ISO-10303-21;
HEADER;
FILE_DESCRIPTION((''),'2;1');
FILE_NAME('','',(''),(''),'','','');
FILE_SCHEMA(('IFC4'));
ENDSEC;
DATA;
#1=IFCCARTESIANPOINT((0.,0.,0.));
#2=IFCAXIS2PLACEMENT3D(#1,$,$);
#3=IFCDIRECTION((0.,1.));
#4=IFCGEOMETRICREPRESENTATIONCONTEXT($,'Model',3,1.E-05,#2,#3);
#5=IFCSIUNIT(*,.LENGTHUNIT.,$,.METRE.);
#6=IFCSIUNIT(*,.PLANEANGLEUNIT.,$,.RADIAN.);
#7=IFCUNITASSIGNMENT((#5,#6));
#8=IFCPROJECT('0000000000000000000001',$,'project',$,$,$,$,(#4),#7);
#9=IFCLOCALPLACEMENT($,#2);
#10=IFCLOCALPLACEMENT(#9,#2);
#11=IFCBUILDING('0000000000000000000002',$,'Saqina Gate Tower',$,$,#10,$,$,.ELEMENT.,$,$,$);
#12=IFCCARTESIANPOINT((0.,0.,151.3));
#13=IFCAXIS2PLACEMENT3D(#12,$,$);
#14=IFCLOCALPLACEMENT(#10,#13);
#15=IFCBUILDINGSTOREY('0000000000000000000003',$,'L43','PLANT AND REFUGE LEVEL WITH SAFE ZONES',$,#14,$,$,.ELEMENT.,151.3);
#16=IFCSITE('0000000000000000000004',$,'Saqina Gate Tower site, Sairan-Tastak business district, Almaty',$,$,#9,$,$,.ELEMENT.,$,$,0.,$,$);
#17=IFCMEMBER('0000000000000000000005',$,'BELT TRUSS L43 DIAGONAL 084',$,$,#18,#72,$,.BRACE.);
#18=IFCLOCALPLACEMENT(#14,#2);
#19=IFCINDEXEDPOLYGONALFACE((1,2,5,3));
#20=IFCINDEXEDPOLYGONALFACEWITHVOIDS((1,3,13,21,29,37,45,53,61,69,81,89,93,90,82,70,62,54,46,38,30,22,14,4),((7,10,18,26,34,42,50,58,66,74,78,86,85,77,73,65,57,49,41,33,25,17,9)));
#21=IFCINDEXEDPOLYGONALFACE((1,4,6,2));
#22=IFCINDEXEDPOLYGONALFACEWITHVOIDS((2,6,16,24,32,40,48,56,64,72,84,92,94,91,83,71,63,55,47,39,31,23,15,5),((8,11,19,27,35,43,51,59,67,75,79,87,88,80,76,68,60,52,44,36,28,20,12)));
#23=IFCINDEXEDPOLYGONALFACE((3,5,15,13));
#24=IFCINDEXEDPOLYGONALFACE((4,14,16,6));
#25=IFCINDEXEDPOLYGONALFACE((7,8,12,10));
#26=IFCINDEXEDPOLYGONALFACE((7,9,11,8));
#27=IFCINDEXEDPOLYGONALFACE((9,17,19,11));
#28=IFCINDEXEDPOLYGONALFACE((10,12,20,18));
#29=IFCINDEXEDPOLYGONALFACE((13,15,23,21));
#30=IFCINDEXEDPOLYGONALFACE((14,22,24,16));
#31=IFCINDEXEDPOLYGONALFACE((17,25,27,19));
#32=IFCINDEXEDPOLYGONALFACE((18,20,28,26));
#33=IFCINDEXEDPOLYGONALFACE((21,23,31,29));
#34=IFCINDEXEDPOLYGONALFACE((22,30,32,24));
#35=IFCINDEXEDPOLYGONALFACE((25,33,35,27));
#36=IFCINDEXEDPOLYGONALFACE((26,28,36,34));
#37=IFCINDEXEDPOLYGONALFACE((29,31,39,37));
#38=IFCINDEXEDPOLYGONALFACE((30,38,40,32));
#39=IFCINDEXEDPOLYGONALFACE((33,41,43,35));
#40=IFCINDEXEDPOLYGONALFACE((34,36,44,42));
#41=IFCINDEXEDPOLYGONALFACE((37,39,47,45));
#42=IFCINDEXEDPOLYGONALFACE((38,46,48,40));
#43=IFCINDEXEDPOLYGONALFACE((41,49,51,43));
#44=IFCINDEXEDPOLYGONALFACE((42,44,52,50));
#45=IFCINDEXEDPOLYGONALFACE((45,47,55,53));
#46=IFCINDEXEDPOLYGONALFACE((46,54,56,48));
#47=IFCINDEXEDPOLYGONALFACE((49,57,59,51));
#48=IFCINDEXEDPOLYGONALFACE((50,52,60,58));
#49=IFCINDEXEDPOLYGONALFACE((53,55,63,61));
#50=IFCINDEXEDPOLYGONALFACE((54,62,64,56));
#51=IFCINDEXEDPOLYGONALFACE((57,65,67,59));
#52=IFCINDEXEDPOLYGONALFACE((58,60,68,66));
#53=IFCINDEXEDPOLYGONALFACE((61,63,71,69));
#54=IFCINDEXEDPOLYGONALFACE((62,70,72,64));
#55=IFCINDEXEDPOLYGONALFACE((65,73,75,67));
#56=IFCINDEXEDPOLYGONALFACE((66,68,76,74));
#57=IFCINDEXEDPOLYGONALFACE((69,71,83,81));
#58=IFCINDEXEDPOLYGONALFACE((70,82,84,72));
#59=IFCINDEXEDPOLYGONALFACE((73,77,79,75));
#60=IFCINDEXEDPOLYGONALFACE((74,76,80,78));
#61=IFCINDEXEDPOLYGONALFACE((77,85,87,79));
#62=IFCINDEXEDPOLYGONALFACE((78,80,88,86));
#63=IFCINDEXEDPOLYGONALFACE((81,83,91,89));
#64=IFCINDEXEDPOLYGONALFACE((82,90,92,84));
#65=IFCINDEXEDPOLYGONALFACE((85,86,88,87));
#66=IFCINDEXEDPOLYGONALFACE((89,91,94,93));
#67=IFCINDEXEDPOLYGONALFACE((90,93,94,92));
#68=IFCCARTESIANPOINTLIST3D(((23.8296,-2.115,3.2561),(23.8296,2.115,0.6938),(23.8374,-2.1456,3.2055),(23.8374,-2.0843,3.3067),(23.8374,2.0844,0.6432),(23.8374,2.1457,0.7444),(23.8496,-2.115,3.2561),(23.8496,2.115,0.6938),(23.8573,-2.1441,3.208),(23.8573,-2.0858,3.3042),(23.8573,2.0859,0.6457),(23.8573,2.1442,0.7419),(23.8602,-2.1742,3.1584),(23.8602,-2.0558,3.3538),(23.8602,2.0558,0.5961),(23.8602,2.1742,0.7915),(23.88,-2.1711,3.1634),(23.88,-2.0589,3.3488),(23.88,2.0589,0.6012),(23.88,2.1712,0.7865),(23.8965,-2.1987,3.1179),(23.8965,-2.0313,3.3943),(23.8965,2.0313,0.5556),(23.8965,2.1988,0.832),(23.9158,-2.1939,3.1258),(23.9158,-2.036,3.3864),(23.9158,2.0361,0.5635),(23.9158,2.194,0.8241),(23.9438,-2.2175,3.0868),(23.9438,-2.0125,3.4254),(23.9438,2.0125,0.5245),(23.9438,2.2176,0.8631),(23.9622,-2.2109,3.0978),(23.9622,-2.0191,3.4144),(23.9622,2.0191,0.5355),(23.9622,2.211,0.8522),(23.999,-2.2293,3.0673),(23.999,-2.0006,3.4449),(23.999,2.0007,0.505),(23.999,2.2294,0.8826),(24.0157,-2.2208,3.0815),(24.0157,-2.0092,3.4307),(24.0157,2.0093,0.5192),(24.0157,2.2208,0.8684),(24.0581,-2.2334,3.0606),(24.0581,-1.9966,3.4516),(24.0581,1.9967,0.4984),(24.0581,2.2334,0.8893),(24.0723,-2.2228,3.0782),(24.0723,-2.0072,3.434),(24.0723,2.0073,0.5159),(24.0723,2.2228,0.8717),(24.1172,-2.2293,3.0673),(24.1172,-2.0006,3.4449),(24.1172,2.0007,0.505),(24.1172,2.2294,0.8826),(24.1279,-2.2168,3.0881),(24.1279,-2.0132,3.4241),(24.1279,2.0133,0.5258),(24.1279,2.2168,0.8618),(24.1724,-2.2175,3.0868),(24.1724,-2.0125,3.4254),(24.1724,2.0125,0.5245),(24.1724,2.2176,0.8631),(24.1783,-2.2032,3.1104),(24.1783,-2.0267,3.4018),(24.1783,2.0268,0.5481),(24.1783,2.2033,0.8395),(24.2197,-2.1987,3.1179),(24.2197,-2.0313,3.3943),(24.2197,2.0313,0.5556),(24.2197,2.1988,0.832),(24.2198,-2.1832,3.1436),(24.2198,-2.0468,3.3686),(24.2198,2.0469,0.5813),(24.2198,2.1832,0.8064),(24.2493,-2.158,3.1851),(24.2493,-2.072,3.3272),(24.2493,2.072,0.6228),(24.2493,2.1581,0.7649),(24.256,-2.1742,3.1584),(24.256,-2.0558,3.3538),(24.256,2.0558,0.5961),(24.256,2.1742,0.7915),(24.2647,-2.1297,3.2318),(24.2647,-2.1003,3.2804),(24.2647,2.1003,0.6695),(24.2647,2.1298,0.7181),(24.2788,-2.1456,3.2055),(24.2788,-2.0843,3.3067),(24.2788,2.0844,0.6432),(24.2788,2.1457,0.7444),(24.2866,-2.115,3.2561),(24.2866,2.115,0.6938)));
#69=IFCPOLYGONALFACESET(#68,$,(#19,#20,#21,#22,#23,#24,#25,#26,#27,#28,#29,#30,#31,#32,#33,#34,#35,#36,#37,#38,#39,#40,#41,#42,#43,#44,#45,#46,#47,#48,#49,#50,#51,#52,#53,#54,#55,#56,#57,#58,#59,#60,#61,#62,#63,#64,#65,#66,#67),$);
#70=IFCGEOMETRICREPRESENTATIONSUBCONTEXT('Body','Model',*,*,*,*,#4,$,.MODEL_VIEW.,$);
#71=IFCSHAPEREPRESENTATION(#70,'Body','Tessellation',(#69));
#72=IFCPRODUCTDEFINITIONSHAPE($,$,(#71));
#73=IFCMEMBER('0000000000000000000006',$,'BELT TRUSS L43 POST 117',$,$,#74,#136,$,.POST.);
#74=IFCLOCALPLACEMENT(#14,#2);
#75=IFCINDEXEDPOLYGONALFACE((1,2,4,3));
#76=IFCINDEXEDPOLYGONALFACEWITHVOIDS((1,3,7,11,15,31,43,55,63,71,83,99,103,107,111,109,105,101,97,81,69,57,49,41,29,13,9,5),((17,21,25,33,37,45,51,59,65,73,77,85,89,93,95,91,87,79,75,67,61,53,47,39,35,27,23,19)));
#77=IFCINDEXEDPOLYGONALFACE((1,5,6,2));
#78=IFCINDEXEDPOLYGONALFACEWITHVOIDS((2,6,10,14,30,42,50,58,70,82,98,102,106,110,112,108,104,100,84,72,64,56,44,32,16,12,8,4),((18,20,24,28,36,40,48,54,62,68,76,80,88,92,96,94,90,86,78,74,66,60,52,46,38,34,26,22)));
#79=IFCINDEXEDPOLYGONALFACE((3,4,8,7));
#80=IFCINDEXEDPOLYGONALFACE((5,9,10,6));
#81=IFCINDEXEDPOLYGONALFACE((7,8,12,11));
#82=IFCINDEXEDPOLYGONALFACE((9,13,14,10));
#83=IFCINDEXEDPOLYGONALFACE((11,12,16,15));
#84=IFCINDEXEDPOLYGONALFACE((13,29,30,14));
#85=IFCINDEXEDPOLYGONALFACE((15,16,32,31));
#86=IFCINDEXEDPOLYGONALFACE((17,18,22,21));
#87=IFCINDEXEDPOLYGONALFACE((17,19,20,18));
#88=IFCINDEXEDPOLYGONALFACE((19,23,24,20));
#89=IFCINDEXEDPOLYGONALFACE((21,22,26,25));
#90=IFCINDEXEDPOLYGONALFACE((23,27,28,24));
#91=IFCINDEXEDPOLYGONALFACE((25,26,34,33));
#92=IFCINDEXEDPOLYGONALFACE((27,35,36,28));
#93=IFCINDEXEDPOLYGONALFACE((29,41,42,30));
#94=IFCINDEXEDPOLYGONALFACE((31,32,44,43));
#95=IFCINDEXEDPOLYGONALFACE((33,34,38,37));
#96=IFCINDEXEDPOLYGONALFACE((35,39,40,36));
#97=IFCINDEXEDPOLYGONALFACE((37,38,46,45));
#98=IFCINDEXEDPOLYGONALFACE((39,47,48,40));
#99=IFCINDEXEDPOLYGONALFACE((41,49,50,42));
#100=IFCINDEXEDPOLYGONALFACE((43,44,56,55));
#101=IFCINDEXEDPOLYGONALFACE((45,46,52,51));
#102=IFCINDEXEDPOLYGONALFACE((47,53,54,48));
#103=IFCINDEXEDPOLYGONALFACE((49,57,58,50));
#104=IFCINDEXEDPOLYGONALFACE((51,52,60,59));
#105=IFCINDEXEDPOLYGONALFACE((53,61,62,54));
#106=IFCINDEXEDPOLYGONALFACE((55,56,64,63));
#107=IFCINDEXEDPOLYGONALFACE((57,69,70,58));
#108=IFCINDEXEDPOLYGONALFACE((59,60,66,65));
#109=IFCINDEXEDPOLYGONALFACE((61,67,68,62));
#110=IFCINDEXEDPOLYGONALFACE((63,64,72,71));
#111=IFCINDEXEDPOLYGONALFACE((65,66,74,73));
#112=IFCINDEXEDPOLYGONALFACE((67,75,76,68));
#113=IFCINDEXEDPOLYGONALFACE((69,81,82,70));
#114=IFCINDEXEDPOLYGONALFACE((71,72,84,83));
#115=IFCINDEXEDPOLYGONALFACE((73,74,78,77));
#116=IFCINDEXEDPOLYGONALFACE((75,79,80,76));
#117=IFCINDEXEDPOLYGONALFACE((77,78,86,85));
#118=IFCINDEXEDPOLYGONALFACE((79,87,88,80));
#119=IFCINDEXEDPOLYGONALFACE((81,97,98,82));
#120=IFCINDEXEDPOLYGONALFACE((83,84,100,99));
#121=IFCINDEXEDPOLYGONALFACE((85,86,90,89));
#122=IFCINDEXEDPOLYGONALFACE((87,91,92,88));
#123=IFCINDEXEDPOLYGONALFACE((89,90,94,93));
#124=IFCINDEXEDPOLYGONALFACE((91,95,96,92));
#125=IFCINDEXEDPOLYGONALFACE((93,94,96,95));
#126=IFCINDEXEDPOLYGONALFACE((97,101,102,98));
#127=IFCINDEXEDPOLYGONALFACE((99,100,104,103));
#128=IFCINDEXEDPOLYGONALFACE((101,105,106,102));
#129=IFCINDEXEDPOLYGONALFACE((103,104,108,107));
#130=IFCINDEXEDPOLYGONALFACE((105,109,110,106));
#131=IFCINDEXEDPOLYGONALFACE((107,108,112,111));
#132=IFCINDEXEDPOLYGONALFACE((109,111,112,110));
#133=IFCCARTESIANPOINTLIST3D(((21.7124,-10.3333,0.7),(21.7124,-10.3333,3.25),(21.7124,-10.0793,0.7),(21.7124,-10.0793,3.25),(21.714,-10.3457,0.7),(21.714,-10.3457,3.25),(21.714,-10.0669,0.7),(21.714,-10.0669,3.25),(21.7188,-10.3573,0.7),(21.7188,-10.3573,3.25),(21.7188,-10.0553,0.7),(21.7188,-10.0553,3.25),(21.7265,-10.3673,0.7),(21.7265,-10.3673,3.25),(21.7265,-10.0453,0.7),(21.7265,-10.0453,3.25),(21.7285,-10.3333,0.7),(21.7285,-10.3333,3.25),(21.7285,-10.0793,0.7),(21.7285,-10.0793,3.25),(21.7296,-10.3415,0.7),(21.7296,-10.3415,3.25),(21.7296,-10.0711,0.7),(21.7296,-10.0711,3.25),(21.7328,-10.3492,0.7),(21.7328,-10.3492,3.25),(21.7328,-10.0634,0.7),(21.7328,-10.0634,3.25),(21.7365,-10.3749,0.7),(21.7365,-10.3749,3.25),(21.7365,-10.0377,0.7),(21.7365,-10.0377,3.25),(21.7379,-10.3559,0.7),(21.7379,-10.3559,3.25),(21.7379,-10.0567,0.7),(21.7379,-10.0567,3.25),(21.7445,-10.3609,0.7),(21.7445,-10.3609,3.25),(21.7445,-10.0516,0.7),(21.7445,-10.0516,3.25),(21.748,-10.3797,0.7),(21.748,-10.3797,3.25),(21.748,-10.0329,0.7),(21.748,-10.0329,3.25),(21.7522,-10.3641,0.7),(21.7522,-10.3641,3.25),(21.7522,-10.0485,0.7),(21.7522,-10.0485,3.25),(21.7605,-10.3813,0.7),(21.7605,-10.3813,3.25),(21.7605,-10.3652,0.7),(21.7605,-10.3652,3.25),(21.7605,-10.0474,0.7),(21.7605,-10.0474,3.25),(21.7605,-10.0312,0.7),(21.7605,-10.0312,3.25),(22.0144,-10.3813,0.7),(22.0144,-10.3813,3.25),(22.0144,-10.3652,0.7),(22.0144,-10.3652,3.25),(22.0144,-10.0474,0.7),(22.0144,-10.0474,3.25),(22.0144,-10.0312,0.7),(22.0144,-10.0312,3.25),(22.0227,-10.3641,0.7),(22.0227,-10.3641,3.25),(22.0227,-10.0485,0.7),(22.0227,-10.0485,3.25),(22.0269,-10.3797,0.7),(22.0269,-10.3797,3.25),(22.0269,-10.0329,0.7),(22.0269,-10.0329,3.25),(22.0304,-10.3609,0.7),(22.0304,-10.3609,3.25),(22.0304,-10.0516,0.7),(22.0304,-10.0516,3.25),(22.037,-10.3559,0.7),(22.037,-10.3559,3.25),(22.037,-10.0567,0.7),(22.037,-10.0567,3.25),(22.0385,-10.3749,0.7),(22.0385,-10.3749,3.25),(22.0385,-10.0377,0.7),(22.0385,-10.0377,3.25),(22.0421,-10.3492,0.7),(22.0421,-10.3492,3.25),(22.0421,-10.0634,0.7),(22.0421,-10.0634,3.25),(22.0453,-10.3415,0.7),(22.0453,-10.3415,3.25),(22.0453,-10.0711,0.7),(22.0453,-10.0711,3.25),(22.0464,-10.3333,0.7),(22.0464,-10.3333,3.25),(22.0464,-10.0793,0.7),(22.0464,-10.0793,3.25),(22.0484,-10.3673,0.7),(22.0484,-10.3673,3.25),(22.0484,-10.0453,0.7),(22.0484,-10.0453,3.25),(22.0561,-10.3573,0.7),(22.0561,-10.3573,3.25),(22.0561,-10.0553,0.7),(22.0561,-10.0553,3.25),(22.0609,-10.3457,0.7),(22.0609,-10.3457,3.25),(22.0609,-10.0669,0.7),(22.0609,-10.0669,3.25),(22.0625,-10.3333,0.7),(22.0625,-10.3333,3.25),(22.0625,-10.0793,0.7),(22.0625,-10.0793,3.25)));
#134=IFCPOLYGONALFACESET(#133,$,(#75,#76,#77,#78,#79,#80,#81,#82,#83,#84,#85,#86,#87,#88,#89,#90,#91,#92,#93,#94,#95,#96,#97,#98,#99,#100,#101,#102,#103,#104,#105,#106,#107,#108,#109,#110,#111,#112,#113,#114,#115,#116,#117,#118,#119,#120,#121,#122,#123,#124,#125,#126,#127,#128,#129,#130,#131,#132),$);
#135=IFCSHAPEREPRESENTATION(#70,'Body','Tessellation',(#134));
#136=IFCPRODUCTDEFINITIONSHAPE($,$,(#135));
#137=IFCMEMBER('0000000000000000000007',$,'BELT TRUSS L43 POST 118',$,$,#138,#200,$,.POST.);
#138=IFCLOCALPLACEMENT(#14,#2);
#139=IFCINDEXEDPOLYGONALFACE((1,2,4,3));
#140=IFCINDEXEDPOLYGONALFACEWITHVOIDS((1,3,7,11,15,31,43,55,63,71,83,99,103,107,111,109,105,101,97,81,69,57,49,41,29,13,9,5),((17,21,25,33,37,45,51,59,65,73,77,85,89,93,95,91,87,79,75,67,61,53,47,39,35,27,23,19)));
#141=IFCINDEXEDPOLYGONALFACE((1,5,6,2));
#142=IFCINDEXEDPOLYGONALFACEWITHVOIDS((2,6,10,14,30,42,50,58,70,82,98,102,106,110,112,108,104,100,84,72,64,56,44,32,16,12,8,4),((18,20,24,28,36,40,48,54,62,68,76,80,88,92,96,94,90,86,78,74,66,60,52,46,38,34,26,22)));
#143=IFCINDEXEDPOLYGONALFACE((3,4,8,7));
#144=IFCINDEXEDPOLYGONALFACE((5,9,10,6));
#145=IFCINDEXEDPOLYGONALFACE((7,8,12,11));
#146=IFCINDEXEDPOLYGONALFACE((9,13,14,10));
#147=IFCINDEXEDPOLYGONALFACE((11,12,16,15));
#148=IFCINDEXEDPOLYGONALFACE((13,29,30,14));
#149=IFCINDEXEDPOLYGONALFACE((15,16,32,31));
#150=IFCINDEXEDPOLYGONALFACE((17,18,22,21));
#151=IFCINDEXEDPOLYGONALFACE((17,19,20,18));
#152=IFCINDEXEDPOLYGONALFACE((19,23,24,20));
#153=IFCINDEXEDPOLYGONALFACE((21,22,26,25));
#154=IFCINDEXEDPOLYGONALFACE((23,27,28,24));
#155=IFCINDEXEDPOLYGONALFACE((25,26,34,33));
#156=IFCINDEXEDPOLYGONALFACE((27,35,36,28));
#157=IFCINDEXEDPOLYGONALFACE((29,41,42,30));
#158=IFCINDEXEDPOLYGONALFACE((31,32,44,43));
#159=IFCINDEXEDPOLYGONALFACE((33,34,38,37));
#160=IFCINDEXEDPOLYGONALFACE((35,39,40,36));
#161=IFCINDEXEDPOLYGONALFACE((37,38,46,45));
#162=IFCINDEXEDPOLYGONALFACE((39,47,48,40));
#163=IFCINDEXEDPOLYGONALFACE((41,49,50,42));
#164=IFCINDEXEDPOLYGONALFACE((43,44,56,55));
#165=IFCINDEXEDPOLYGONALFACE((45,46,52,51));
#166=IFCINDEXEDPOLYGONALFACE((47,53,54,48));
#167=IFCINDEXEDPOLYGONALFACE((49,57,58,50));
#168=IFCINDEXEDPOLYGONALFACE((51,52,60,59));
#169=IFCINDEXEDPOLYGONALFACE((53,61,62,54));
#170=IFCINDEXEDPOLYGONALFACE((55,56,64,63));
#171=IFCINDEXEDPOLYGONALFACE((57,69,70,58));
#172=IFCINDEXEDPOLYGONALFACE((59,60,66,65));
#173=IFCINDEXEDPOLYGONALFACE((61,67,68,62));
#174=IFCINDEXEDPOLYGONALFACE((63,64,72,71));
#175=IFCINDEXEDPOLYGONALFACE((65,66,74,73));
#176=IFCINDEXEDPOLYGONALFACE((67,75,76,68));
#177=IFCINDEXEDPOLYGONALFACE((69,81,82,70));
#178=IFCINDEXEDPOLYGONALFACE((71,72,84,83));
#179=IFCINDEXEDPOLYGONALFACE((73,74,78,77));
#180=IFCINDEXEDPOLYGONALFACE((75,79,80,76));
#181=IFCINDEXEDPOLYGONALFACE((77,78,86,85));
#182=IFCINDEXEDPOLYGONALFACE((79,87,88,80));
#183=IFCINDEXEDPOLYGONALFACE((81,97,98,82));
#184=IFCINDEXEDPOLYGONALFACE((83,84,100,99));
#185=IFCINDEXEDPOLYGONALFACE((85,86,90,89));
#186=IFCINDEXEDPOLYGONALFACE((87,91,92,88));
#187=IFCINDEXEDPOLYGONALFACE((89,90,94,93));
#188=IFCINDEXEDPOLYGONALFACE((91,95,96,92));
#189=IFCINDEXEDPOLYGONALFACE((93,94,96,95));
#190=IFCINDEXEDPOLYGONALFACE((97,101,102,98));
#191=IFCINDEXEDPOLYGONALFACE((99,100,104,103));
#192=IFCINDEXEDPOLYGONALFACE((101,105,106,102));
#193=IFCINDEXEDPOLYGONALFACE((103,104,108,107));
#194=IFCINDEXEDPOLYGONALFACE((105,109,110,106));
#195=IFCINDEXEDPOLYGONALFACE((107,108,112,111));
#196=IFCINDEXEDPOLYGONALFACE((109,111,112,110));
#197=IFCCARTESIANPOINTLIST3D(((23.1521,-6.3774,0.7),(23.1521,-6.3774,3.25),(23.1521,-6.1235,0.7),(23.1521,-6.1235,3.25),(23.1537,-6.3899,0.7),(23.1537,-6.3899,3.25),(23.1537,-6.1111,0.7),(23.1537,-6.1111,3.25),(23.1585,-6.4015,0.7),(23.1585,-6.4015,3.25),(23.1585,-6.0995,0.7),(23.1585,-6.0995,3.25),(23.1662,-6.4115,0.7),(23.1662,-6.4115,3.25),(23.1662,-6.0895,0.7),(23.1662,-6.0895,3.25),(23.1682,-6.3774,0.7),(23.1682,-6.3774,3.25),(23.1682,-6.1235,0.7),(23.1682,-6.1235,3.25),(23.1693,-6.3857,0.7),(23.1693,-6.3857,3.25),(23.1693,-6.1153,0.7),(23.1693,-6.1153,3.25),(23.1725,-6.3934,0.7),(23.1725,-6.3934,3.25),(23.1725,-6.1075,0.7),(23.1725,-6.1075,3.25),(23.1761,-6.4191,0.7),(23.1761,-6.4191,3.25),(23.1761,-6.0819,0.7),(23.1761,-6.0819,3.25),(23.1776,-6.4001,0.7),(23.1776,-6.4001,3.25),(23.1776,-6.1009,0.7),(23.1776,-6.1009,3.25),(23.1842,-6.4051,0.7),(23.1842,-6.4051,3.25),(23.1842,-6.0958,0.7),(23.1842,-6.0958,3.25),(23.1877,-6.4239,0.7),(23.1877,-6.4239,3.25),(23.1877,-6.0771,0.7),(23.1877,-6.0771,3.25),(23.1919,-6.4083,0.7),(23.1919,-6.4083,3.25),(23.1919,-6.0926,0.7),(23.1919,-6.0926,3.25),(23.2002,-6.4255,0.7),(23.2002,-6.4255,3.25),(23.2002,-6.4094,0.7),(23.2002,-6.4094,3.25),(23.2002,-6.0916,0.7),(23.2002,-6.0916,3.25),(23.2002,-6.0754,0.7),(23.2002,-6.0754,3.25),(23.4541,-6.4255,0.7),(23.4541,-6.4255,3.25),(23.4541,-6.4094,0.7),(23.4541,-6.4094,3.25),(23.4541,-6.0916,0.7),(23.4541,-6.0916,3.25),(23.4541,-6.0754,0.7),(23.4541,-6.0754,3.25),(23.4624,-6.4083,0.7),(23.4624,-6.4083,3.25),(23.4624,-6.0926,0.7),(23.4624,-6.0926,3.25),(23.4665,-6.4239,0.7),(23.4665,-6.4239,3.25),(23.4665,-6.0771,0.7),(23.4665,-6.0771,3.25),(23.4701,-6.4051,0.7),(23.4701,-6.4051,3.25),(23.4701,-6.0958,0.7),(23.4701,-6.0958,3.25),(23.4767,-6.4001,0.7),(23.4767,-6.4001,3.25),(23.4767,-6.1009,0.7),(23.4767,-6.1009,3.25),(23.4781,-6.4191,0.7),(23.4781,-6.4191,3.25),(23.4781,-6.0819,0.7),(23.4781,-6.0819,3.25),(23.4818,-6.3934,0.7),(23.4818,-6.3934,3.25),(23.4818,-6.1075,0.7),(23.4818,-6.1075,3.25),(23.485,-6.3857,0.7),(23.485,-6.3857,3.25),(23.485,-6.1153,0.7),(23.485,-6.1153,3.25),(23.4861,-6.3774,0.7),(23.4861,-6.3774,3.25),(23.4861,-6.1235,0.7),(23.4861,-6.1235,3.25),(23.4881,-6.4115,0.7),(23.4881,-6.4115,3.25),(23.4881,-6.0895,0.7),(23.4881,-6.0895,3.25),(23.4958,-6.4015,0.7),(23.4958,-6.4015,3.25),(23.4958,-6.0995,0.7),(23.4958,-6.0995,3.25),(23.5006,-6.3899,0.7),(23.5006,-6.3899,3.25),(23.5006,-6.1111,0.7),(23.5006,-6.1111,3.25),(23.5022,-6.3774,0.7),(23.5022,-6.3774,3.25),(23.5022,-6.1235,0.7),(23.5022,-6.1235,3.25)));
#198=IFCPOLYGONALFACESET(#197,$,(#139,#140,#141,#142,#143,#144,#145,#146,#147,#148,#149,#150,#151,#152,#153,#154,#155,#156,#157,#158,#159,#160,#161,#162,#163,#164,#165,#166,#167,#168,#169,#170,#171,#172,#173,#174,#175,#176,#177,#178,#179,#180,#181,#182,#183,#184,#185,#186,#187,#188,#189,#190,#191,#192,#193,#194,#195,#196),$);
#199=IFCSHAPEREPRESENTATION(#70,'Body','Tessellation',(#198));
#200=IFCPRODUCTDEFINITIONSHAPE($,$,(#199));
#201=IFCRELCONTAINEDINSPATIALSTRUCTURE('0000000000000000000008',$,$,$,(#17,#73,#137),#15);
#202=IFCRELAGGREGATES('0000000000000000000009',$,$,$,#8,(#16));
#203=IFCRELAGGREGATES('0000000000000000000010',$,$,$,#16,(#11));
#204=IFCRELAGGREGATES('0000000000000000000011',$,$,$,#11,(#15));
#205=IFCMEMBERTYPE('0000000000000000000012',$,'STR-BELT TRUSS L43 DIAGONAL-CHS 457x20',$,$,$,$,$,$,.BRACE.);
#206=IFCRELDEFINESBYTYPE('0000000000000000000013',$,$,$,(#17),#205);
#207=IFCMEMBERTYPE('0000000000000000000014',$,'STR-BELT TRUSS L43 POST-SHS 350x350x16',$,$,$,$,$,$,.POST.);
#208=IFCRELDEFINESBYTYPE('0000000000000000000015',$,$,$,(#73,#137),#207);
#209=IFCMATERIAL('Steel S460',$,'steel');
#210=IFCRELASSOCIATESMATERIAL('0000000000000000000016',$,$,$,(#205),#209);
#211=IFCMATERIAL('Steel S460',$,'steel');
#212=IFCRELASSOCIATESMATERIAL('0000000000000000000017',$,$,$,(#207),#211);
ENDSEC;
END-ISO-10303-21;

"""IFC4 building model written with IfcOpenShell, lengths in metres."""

from ifc_helpers import new_model, si_unit, direction, frame, origin, origin_2d, place, context, subcontext, project, spatial, hollow_rectangle, hollow_circle, extrude, material, material_profile, profile_set, type_object, element, save


model = new_model("IFC4")

# Units and contexts
model_context = context("Model", 3, precision=1e-05, world=origin(), true_north=direction((0.0, 1.0)))
body_context = subcontext(model_context, "Body", "Model", "MODEL_VIEW")
ifc_project = project(units=[si_unit("LENGTHUNIT", "METRE"), si_unit("PLANEANGLEUNIT", "RADIAN")], contexts=[model_context])

# Site, building, storey
site_placement = place(None, origin())
site = spatial("IfcSite", under=ifc_project, at=site_placement, Name="Saqina Gate Tower site, Sairan-Tastak business district, Almaty", CompositionType="ELEMENT", RefElevation=0.0)
building_placement = place(site_placement, origin())
building = spatial("IfcBuilding", under=site, at=building_placement, Name="Saqina Gate Tower", CompositionType="ELEMENT")
storey_placement = place(building_placement, frame((0.0, 0.0, 151.3)))
storey = spatial("IfcBuildingStorey", under=building, at=storey_placement, Name="L43", Description="PLANT AND REFUGE LEVEL WITH SAFE ZONES", CompositionType="ELEMENT", Elevation=151.3)

# Members
ifc_material_1 = material(Name="Steel S460", Category="steel")
ifc_material_profile_1 = material_profile(ifc_material_1, hollow_circle(Radius=0.2285, WallThickness=0.02, at=origin_2d()), Name="CHS 457x20")
ifc_profile_set_1 = profile_set([ifc_material_profile_1], Name="Steel S460")
member_type_1 = type_object("IfcMemberType", Name="STR-BELT TRUSS L43 DIAGONAL-CHS 457x20", PredefinedType="BRACE", material=ifc_profile_set_1)
for number, where, z_axis, x_axis, name in (
    (1, (24.0581, -2.115, 3.2561), (0.0, 0.85532, -0.518099), (-1.0, 0.0, 0.0), "BELT TRUSS L43 DIAGONAL 084"),
):
    element("IfcMember", number, at=place(storey_placement, frame(where, z_axis=z_axis, x_axis=x_axis)), inside=storey, type_object=member_type_1, Name=name, PredefinedType="BRACE", context=body_context, shape_type="SweptSolid", body=[
        extrude(hollow_circle(Radius=0.2285, WallThickness=0.02, at=origin_2d()), origin(), (0.0, 0.0, 1.0), 4.9456),
    ])
ifc_material_2 = material(Name="Steel S460", Category="steel")
ifc_material_profile_2 = material_profile(ifc_material_2, hollow_rectangle(XDim=0.3501, YDim=0.3501, WallThickness=0.0161, InnerFilletRadius=0.032, OuterFilletRadius=0.0481, at=origin_2d()), Name="SHS 350x350x16")
ifc_profile_set_2 = profile_set([ifc_material_profile_2], Name="Steel S460")
member_type_2 = type_object("IfcMemberType", Name="STR-BELT TRUSS L43 POST-SHS 350x350x16", PredefinedType="POST", material=ifc_profile_set_2)
for number, where, z_axis, x_axis, name in (
    (2, (21.8875, -10.2063, 0.7), (0.0, 0.0, 1.0), (1.0, 0.0, 0.0), "BELT TRUSS L43 POST 117"),
    (3, (23.3271, -6.2505, 0.7), (0.0, 0.0, 1.0), (1.0, 0.0, 0.0), "BELT TRUSS L43 POST 118"),
):
    element("IfcMember", number, at=place(storey_placement, frame(where, z_axis=z_axis, x_axis=x_axis)), inside=storey, type_object=member_type_2, Name=name, PredefinedType="POST", context=body_context, shape_type="SweptSolid", body=[
        extrude(hollow_rectangle(XDim=0.3501, YDim=0.3501, WallThickness=0.0161, InnerFilletRadius=0.032, OuterFilletRadius=0.0481, at=origin_2d()), origin(), (0.0, 0.0, 1.0), 2.55),
    ])

save(model, "model.ifc")
